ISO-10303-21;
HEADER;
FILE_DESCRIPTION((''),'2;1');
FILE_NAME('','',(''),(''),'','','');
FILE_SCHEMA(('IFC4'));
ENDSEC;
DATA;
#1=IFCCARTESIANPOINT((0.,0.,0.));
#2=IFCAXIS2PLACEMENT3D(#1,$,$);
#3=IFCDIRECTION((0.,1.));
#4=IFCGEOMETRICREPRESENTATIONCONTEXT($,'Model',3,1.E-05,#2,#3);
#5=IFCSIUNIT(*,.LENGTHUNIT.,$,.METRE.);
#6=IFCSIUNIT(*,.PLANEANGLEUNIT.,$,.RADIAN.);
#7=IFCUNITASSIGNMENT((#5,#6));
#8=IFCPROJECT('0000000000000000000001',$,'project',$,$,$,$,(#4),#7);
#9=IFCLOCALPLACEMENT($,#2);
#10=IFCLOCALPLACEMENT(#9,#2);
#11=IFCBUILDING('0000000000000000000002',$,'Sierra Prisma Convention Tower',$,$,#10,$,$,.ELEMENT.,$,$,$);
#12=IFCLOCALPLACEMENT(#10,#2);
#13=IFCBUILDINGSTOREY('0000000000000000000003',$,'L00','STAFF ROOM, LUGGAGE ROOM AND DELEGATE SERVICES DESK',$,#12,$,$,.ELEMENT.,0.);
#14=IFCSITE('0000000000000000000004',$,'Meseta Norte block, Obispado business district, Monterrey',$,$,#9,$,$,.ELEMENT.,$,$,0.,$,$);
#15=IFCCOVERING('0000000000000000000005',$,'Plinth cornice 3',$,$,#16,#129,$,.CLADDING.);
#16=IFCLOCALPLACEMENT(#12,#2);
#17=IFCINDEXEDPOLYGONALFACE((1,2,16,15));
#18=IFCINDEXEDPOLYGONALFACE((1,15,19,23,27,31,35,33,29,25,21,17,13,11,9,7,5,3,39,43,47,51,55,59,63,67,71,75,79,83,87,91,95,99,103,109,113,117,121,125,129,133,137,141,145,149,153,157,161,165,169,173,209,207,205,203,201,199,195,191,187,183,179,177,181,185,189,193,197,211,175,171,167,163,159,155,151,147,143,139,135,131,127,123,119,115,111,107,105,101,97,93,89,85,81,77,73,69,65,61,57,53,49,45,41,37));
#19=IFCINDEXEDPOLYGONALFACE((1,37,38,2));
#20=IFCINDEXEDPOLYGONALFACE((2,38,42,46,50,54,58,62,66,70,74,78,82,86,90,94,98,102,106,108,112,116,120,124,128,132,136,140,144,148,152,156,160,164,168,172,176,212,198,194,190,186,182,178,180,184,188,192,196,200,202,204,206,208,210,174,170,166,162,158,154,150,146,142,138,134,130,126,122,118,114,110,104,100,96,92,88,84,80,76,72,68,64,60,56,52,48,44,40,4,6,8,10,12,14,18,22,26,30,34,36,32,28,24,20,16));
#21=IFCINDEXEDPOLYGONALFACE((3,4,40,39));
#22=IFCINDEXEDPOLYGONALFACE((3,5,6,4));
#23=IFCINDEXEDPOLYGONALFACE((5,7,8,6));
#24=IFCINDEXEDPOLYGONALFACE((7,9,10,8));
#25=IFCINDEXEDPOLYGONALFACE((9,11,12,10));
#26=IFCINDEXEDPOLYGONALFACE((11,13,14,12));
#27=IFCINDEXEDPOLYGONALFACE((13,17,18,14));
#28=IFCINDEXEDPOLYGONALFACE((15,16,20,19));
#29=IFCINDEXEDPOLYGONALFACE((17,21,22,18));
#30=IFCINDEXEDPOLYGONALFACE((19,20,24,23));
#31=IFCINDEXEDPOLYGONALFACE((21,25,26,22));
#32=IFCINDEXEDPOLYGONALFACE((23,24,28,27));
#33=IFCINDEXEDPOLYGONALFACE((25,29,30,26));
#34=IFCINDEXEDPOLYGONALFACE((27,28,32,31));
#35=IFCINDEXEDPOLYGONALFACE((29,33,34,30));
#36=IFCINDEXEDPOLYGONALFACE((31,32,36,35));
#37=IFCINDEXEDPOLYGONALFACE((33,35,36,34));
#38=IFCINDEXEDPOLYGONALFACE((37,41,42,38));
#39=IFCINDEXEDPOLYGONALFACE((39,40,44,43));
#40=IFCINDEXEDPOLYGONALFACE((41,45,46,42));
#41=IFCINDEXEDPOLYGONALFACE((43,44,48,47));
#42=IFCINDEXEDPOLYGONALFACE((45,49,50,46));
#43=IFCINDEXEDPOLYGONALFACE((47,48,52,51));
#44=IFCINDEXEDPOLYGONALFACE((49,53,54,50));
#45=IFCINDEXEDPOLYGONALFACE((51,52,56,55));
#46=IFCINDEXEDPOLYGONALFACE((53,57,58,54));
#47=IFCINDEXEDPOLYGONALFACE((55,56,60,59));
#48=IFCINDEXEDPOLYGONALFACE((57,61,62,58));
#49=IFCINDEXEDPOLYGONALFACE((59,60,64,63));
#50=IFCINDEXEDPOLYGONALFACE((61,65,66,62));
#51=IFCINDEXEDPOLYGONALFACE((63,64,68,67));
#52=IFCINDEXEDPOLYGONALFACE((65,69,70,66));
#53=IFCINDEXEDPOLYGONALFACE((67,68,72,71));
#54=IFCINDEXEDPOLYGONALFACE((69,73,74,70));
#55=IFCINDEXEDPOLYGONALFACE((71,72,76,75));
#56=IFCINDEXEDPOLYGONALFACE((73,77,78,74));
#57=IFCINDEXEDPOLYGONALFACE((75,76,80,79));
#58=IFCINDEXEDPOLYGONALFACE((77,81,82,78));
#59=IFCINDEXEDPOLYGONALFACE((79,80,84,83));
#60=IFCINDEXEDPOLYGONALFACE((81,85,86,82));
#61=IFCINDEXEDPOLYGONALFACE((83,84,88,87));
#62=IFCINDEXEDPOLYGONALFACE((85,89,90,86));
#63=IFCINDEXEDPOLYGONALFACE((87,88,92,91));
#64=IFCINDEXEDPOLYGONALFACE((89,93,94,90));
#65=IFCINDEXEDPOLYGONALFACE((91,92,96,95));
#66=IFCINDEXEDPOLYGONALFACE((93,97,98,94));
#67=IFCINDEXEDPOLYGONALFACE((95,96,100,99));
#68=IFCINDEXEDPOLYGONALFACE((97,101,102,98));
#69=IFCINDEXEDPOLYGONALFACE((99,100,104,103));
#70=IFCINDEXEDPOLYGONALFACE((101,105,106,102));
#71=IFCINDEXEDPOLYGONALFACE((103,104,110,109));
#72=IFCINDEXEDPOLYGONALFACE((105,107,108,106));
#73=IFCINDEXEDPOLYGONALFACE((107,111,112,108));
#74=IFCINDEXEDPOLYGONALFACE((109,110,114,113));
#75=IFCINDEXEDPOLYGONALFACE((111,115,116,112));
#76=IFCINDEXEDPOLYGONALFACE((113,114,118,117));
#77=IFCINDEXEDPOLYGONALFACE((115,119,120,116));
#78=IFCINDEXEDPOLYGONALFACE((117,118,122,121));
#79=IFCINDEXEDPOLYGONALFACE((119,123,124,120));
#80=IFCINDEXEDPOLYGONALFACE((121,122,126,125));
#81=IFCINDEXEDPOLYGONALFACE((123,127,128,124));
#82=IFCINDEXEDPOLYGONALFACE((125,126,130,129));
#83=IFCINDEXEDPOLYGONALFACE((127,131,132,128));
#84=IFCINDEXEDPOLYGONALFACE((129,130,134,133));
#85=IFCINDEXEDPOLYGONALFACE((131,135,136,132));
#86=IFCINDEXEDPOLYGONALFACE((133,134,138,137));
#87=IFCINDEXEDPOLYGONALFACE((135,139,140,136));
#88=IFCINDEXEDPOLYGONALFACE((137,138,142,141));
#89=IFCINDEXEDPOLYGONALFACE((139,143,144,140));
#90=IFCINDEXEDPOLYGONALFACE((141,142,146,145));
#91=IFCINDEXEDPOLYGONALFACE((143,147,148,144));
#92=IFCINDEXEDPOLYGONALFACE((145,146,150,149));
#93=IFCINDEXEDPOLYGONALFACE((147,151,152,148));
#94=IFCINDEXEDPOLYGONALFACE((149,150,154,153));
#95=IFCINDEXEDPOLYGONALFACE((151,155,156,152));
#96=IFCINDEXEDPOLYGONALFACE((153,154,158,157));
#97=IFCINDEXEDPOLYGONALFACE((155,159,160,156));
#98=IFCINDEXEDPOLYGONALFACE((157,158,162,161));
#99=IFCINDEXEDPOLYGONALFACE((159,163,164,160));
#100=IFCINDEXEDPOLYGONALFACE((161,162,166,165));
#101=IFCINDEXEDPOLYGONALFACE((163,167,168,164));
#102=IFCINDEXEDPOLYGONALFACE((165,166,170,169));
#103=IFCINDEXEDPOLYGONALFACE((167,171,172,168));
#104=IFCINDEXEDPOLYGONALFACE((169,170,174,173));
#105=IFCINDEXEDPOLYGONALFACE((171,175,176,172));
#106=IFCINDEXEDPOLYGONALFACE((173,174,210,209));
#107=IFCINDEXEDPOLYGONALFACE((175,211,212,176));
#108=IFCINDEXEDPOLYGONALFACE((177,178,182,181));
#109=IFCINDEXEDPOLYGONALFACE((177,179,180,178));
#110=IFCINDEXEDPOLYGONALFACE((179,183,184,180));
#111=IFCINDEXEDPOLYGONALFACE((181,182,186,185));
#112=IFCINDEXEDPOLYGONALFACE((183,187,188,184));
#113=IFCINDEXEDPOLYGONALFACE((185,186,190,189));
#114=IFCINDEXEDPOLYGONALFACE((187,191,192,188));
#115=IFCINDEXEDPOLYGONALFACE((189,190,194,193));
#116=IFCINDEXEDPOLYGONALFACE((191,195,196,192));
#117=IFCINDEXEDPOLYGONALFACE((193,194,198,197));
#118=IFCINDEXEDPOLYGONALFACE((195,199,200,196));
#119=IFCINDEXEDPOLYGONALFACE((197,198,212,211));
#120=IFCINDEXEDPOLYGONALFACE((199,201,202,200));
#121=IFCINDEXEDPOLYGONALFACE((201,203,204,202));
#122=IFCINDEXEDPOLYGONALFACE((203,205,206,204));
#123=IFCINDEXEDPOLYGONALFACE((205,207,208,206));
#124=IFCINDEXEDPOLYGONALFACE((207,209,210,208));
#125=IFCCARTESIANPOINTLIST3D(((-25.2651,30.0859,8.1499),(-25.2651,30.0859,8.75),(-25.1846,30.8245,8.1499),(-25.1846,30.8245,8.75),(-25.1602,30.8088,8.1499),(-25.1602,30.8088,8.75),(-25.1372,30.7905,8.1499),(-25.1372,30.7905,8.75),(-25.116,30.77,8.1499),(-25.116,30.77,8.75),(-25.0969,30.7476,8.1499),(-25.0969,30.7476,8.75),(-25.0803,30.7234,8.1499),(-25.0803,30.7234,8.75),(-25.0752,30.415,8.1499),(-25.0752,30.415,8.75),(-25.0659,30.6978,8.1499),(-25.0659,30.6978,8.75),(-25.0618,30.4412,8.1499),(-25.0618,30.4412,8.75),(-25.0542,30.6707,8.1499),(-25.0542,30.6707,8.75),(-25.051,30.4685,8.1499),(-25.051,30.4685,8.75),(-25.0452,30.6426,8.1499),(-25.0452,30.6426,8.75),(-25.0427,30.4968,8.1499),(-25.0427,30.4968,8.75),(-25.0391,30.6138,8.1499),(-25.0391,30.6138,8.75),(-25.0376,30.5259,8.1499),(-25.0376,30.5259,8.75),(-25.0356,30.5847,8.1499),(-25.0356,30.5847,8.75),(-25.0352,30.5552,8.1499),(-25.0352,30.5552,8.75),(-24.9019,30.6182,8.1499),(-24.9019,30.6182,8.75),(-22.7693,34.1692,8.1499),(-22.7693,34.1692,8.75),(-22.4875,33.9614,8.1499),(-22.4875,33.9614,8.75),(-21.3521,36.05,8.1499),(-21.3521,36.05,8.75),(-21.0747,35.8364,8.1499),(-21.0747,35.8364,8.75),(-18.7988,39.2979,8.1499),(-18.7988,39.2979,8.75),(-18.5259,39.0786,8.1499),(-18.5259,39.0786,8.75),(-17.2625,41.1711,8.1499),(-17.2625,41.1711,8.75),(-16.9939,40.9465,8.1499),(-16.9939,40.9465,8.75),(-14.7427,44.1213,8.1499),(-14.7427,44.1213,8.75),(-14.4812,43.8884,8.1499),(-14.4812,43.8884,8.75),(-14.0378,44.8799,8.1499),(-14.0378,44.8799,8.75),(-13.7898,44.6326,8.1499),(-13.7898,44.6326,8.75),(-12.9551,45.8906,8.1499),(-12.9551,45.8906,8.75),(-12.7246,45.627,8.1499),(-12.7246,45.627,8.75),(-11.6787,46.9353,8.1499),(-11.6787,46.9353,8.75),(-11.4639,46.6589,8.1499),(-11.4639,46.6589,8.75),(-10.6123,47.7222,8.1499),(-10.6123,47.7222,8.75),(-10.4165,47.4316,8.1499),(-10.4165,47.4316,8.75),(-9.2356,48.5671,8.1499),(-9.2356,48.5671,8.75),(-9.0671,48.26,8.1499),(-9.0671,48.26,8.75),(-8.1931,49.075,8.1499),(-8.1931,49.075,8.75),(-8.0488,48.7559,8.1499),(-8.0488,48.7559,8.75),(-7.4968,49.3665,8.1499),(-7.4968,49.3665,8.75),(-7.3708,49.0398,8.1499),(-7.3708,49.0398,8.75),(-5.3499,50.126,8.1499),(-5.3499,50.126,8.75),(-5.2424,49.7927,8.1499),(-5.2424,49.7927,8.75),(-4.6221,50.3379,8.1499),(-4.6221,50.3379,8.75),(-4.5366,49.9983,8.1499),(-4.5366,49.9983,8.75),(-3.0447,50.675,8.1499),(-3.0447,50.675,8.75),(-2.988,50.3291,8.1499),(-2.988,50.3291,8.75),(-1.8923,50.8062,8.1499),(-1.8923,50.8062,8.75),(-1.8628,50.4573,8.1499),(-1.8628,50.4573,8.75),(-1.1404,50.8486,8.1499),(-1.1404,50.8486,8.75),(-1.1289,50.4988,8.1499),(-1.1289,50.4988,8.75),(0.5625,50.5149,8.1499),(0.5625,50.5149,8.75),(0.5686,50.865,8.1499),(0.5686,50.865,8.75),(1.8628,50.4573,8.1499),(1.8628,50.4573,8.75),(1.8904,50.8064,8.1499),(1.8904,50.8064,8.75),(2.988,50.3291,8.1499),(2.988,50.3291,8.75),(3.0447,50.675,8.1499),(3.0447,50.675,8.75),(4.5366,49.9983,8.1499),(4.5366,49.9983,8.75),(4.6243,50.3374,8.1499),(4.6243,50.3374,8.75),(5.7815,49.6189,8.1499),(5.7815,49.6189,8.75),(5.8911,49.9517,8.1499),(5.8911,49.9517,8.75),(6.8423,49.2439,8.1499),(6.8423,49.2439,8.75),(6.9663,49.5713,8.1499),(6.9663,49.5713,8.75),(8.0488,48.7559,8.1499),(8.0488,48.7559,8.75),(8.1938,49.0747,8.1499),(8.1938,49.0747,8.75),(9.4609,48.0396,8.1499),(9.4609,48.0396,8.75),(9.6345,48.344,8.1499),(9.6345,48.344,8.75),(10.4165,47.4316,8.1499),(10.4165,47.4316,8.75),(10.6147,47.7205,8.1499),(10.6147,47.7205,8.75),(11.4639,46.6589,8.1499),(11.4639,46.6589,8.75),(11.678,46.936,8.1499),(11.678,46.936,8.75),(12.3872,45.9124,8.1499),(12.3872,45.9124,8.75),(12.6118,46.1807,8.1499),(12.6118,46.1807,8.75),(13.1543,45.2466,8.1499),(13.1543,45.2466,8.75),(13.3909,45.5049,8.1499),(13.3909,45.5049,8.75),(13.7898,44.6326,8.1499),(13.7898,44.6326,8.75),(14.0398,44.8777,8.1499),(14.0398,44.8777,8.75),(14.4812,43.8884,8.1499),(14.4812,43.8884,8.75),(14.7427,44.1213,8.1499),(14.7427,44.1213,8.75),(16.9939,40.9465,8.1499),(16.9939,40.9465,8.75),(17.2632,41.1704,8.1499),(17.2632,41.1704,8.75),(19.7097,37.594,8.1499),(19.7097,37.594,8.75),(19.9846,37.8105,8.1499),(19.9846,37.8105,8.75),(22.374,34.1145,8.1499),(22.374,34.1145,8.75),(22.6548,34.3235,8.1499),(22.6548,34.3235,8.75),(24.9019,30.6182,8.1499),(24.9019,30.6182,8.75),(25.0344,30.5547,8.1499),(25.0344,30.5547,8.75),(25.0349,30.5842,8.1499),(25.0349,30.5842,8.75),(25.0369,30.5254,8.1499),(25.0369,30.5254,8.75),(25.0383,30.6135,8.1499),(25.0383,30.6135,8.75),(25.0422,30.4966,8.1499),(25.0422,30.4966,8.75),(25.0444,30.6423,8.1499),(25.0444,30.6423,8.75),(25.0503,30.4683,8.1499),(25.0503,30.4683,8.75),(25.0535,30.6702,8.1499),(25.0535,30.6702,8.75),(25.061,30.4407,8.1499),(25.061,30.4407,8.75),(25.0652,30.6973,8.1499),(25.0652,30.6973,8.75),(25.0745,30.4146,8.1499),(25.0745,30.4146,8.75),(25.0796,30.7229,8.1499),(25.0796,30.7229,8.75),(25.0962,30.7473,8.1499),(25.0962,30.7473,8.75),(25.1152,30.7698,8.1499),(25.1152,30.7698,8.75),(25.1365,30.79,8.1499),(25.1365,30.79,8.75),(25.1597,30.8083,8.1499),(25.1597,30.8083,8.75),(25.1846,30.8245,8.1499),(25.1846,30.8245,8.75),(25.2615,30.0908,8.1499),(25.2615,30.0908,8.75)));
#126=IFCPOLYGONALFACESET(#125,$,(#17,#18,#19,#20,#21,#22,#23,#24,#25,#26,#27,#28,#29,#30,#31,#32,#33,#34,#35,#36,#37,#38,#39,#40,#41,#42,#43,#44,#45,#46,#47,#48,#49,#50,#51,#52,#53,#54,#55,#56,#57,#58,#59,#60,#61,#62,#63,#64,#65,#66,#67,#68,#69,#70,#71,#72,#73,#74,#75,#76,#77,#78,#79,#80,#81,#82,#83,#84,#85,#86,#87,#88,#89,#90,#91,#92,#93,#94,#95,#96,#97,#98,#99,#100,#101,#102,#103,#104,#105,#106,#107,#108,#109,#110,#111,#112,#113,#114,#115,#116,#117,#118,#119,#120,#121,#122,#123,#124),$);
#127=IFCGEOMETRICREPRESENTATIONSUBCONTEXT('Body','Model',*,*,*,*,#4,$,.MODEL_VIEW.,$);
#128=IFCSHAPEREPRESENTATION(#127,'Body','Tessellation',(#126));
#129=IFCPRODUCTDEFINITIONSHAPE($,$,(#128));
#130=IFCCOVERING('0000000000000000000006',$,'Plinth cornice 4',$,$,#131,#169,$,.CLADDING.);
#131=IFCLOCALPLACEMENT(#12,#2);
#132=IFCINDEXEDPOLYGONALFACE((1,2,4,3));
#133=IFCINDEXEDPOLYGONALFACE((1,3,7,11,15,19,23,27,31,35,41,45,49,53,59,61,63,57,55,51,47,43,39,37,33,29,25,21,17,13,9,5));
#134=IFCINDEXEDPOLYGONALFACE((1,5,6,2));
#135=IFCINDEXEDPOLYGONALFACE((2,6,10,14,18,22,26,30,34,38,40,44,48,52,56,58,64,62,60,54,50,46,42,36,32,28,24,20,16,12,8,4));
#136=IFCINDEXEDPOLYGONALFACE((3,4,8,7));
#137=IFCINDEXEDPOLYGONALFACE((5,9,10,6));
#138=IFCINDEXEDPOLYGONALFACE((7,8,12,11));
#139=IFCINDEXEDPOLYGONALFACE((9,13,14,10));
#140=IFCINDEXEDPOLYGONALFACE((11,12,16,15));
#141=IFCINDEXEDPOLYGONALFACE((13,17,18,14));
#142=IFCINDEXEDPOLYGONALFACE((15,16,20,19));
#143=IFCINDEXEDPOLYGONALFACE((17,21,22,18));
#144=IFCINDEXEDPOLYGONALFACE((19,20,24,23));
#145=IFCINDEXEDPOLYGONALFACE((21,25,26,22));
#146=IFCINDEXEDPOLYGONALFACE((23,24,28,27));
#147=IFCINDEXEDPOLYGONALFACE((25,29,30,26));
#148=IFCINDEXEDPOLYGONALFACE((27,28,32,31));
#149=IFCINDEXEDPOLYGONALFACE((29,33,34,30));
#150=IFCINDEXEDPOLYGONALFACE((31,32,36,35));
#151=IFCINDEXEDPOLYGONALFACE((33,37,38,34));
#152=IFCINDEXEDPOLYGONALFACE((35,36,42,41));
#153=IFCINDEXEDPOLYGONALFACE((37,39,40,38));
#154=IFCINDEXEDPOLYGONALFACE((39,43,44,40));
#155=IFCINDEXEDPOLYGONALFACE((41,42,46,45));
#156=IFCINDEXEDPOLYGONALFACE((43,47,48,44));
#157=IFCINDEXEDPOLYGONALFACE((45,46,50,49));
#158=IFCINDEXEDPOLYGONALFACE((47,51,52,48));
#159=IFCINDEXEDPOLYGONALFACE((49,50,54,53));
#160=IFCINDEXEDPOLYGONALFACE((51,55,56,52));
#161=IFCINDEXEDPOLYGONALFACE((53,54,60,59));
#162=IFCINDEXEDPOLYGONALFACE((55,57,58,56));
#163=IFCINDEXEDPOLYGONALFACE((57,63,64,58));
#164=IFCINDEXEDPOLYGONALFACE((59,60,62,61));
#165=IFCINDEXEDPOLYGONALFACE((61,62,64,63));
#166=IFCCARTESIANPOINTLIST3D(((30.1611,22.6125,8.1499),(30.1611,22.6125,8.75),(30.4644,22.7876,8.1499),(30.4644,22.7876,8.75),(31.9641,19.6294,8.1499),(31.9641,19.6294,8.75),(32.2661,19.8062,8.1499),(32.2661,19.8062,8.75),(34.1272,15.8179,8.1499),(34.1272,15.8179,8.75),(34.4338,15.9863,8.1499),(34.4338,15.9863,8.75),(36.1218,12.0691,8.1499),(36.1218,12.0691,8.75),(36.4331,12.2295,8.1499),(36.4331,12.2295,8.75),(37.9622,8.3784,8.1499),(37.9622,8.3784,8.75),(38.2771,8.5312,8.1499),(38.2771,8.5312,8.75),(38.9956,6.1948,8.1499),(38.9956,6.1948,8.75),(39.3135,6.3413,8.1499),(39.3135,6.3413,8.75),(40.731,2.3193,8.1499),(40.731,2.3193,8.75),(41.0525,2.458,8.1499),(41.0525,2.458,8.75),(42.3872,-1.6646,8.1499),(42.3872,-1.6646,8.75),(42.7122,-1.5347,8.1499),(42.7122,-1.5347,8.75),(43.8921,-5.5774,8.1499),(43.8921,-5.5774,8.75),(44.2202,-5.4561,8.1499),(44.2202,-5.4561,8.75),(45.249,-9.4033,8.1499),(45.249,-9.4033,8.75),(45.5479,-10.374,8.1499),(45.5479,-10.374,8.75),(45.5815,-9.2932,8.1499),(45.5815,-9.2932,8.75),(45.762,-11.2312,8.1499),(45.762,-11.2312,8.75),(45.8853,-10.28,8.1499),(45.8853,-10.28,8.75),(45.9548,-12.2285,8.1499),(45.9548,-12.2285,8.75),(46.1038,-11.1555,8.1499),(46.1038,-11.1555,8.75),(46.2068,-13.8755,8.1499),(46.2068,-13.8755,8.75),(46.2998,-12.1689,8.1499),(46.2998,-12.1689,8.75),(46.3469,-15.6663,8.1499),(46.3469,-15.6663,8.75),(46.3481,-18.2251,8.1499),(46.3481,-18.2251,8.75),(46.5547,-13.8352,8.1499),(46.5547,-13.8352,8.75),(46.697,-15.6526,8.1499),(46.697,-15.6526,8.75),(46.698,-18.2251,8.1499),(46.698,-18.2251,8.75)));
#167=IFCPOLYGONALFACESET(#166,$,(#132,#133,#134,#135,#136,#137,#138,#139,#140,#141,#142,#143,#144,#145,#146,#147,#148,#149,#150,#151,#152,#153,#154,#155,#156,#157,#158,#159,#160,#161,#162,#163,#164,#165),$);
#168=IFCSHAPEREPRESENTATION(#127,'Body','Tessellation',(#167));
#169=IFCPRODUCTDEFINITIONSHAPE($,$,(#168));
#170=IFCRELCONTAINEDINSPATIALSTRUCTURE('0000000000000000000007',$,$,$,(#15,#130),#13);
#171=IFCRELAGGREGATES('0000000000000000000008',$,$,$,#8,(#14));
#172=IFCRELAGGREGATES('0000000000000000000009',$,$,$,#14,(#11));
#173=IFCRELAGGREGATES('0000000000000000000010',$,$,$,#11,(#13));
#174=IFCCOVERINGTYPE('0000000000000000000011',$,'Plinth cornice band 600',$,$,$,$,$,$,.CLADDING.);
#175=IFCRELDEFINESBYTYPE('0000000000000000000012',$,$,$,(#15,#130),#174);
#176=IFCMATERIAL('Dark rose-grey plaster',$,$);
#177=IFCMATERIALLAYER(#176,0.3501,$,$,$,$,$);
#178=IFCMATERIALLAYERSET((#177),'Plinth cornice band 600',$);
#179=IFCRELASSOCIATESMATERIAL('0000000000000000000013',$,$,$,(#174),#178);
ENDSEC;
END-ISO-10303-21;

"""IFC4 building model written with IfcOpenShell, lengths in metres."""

from ifc_helpers import new_model, si_unit, direction, frame, origin, place, context, subcontext, project, spatial, polyline, outline, extrude, material, layer, layer_set, type_object, element, save


model = new_model("IFC4")

# Units and contexts
model_context = context("Model", 3, precision=1e-05, world=origin(), true_north=direction((0.0, 1.0)))
body_context = subcontext(model_context, "Body", "Model", "MODEL_VIEW")
ifc_project = project(units=[si_unit("LENGTHUNIT", "METRE"), si_unit("PLANEANGLEUNIT", "RADIAN")], contexts=[model_context])

# Site, building, storey
site_placement = place(None, origin())
site = spatial("IfcSite", under=ifc_project, at=site_placement, Name="Meseta Norte block, Obispado business district, Monterrey", CompositionType="ELEMENT", RefElevation=0.0)
building_placement = place(site_placement, origin())
building = spatial("IfcBuilding", under=site, at=building_placement, Name="Sierra Prisma Convention Tower", CompositionType="ELEMENT")
storey_placement = place(building_placement, origin())
storey = spatial("IfcBuildingStorey", under=building, at=storey_placement, Name="L00", Description="STAFF ROOM, LUGGAGE ROOM AND DELEGATE SERVICES DESK", CompositionType="ELEMENT", Elevation=0.0)

# Coverings
ifc_material_1 = material(Name="Dark rose-grey plaster")
ifc_layer_1 = layer(ifc_material_1, 0.3501)
ifc_layer_set_1 = layer_set([ifc_layer_1], Name="Plinth cornice band 600")
covering_type = type_object("IfcCoveringType", Name="Plinth cornice band 600", PredefinedType="CLADDING", material=ifc_layer_set_1)
covering_1_placement = place(storey_placement, frame((0.0, 0.0, 8.1499)))
element("IfcCovering", 1, at=covering_1_placement, inside=storey, type_object=covering_type, Name="Plinth cornice 3", PredefinedType="CLADDING", context=body_context, shape_type="SweptSolid", body=[
    extrude(outline(polyline([(-25.1846, 30.8245), (-25.1602, 30.8088), (-25.1372, 30.7905), (-25.116, 30.77), (-25.0969, 30.7476), (-25.0803, 30.7234), (-25.0659, 30.6978), (-25.0542, 30.6707), (-25.0452, 30.6426), (-25.0391, 30.6138), (-25.0356, 30.5847), (-25.0352, 30.5552), (-25.0376, 30.5259), (-25.0427, 30.4968), (-25.051, 30.4685), (-25.0618, 30.4412), (-25.0752, 30.415), (-25.2651, 30.0859), (-24.9019, 30.6182), (-22.4875, 33.9614), (-21.0747, 35.8364), (-18.5259, 39.0786), (-16.9939, 40.9465), (-14.4812, 43.8884), (-13.7898, 44.6326), (-12.7246, 45.627), (-11.4639, 46.6589), (-10.4165, 47.4316), (-9.0671, 48.26), (-8.0488, 48.7559), (-7.3708, 49.0398), (-5.2424, 49.7927), (-4.5366, 49.9983), (-2.988, 50.3291), (-1.8628, 50.4573), (-1.1289, 50.4988), (0.5625, 50.5149), (1.8628, 50.4573), (2.988, 50.3291), (4.5366, 49.9983), (5.7815, 49.6189), (6.8423, 49.2439), (8.0488, 48.7559), (9.4609, 48.0396), (10.4165, 47.4316), (11.4639, 46.6589), (12.3872, 45.9124), (13.1543, 45.2466), (13.7898, 44.6326), (14.4812, 43.8884), (16.9939, 40.9465), (19.7097, 37.594), (22.374, 34.1145), (24.9019, 30.6182), (25.2615, 30.0908), (25.0745, 30.4146), (25.061, 30.4407), (25.0503, 30.4683), (25.0422, 30.4966), (25.0369, 30.5254), (25.0344, 30.5547), (25.0349, 30.5842), (25.0383, 30.6135), (25.0444, 30.6423), (25.0535, 30.6702), (25.0652, 30.6973), (25.0796, 30.7229), (25.0962, 30.7473), (25.1152, 30.7698), (25.1365, 30.79), (25.1597, 30.8083), (25.1846, 30.8245), (22.6548, 34.3235), (19.9846, 37.8105), (17.2632, 41.1704), (14.7427, 44.1213), (14.0398, 44.8777), (13.3909, 45.5049), (12.6118, 46.1807), (11.678, 46.936), (10.6147, 47.7205), (9.6345, 48.344), (8.1938, 49.0747), (6.9663, 49.5713), (5.8911, 49.9517), (4.6243, 50.3374), (3.0447, 50.675), (1.8904, 50.8064), (0.5686, 50.865), (-1.1404, 50.8486), (-1.8923, 50.8062), (-3.0447, 50.675), (-4.6221, 50.3379), (-5.3499, 50.126), (-7.4968, 49.3665), (-8.1931, 49.075), (-9.2356, 48.5671), (-10.6123, 47.7222), (-11.6787, 46.9353), (-12.9551, 45.8906), (-14.0378, 44.8799), (-14.7427, 44.1213), (-17.2625, 41.1711), (-18.7988, 39.2979), (-21.3521, 36.05), (-22.7693, 34.1692), (-25.1846, 30.8245)])), origin(), (0.0, 0.0, 1.0), 0.6001),
])
covering_2_placement = place(storey_placement, frame((0.0, 0.0, 8.1499)))
element("IfcCovering", 2, at=covering_2_placement, inside=storey, type_object=covering_type, Name="Plinth cornice 4", PredefinedType="CLADDING", context=body_context, shape_type="SweptSolid", body=[
    extrude(outline(polyline([(30.4644, 22.7876), (30.1611, 22.6125), (31.9641, 19.6294), (34.1272, 15.8179), (36.1218, 12.0691), (37.9622, 8.3784), (38.9956, 6.1948), (40.731, 2.3193), (42.3872, -1.6646), (43.8921, -5.5774), (45.249, -9.4033), (45.5479, -10.374), (45.762, -11.2312), (45.9548, -12.2285), (46.2068, -13.8755), (46.3469, -15.6663), (46.3481, -18.2251), (46.698, -18.2251), (46.697, -15.6526), (46.5547, -13.8352), (46.2998, -12.1689), (46.1038, -11.1555), (45.8853, -10.28), (45.5815, -9.2932), (44.2202, -5.4561), (42.7122, -1.5347), (41.0525, 2.458), (39.3135, 6.3413), (38.2771, 8.5312), (36.4331, 12.2295), (34.4338, 15.9863), (32.2661, 19.8062), (30.4644, 22.7876)])), origin(), (0.0, 0.0, 1.0), 0.6001),
])

save(model, "model.ifc")
